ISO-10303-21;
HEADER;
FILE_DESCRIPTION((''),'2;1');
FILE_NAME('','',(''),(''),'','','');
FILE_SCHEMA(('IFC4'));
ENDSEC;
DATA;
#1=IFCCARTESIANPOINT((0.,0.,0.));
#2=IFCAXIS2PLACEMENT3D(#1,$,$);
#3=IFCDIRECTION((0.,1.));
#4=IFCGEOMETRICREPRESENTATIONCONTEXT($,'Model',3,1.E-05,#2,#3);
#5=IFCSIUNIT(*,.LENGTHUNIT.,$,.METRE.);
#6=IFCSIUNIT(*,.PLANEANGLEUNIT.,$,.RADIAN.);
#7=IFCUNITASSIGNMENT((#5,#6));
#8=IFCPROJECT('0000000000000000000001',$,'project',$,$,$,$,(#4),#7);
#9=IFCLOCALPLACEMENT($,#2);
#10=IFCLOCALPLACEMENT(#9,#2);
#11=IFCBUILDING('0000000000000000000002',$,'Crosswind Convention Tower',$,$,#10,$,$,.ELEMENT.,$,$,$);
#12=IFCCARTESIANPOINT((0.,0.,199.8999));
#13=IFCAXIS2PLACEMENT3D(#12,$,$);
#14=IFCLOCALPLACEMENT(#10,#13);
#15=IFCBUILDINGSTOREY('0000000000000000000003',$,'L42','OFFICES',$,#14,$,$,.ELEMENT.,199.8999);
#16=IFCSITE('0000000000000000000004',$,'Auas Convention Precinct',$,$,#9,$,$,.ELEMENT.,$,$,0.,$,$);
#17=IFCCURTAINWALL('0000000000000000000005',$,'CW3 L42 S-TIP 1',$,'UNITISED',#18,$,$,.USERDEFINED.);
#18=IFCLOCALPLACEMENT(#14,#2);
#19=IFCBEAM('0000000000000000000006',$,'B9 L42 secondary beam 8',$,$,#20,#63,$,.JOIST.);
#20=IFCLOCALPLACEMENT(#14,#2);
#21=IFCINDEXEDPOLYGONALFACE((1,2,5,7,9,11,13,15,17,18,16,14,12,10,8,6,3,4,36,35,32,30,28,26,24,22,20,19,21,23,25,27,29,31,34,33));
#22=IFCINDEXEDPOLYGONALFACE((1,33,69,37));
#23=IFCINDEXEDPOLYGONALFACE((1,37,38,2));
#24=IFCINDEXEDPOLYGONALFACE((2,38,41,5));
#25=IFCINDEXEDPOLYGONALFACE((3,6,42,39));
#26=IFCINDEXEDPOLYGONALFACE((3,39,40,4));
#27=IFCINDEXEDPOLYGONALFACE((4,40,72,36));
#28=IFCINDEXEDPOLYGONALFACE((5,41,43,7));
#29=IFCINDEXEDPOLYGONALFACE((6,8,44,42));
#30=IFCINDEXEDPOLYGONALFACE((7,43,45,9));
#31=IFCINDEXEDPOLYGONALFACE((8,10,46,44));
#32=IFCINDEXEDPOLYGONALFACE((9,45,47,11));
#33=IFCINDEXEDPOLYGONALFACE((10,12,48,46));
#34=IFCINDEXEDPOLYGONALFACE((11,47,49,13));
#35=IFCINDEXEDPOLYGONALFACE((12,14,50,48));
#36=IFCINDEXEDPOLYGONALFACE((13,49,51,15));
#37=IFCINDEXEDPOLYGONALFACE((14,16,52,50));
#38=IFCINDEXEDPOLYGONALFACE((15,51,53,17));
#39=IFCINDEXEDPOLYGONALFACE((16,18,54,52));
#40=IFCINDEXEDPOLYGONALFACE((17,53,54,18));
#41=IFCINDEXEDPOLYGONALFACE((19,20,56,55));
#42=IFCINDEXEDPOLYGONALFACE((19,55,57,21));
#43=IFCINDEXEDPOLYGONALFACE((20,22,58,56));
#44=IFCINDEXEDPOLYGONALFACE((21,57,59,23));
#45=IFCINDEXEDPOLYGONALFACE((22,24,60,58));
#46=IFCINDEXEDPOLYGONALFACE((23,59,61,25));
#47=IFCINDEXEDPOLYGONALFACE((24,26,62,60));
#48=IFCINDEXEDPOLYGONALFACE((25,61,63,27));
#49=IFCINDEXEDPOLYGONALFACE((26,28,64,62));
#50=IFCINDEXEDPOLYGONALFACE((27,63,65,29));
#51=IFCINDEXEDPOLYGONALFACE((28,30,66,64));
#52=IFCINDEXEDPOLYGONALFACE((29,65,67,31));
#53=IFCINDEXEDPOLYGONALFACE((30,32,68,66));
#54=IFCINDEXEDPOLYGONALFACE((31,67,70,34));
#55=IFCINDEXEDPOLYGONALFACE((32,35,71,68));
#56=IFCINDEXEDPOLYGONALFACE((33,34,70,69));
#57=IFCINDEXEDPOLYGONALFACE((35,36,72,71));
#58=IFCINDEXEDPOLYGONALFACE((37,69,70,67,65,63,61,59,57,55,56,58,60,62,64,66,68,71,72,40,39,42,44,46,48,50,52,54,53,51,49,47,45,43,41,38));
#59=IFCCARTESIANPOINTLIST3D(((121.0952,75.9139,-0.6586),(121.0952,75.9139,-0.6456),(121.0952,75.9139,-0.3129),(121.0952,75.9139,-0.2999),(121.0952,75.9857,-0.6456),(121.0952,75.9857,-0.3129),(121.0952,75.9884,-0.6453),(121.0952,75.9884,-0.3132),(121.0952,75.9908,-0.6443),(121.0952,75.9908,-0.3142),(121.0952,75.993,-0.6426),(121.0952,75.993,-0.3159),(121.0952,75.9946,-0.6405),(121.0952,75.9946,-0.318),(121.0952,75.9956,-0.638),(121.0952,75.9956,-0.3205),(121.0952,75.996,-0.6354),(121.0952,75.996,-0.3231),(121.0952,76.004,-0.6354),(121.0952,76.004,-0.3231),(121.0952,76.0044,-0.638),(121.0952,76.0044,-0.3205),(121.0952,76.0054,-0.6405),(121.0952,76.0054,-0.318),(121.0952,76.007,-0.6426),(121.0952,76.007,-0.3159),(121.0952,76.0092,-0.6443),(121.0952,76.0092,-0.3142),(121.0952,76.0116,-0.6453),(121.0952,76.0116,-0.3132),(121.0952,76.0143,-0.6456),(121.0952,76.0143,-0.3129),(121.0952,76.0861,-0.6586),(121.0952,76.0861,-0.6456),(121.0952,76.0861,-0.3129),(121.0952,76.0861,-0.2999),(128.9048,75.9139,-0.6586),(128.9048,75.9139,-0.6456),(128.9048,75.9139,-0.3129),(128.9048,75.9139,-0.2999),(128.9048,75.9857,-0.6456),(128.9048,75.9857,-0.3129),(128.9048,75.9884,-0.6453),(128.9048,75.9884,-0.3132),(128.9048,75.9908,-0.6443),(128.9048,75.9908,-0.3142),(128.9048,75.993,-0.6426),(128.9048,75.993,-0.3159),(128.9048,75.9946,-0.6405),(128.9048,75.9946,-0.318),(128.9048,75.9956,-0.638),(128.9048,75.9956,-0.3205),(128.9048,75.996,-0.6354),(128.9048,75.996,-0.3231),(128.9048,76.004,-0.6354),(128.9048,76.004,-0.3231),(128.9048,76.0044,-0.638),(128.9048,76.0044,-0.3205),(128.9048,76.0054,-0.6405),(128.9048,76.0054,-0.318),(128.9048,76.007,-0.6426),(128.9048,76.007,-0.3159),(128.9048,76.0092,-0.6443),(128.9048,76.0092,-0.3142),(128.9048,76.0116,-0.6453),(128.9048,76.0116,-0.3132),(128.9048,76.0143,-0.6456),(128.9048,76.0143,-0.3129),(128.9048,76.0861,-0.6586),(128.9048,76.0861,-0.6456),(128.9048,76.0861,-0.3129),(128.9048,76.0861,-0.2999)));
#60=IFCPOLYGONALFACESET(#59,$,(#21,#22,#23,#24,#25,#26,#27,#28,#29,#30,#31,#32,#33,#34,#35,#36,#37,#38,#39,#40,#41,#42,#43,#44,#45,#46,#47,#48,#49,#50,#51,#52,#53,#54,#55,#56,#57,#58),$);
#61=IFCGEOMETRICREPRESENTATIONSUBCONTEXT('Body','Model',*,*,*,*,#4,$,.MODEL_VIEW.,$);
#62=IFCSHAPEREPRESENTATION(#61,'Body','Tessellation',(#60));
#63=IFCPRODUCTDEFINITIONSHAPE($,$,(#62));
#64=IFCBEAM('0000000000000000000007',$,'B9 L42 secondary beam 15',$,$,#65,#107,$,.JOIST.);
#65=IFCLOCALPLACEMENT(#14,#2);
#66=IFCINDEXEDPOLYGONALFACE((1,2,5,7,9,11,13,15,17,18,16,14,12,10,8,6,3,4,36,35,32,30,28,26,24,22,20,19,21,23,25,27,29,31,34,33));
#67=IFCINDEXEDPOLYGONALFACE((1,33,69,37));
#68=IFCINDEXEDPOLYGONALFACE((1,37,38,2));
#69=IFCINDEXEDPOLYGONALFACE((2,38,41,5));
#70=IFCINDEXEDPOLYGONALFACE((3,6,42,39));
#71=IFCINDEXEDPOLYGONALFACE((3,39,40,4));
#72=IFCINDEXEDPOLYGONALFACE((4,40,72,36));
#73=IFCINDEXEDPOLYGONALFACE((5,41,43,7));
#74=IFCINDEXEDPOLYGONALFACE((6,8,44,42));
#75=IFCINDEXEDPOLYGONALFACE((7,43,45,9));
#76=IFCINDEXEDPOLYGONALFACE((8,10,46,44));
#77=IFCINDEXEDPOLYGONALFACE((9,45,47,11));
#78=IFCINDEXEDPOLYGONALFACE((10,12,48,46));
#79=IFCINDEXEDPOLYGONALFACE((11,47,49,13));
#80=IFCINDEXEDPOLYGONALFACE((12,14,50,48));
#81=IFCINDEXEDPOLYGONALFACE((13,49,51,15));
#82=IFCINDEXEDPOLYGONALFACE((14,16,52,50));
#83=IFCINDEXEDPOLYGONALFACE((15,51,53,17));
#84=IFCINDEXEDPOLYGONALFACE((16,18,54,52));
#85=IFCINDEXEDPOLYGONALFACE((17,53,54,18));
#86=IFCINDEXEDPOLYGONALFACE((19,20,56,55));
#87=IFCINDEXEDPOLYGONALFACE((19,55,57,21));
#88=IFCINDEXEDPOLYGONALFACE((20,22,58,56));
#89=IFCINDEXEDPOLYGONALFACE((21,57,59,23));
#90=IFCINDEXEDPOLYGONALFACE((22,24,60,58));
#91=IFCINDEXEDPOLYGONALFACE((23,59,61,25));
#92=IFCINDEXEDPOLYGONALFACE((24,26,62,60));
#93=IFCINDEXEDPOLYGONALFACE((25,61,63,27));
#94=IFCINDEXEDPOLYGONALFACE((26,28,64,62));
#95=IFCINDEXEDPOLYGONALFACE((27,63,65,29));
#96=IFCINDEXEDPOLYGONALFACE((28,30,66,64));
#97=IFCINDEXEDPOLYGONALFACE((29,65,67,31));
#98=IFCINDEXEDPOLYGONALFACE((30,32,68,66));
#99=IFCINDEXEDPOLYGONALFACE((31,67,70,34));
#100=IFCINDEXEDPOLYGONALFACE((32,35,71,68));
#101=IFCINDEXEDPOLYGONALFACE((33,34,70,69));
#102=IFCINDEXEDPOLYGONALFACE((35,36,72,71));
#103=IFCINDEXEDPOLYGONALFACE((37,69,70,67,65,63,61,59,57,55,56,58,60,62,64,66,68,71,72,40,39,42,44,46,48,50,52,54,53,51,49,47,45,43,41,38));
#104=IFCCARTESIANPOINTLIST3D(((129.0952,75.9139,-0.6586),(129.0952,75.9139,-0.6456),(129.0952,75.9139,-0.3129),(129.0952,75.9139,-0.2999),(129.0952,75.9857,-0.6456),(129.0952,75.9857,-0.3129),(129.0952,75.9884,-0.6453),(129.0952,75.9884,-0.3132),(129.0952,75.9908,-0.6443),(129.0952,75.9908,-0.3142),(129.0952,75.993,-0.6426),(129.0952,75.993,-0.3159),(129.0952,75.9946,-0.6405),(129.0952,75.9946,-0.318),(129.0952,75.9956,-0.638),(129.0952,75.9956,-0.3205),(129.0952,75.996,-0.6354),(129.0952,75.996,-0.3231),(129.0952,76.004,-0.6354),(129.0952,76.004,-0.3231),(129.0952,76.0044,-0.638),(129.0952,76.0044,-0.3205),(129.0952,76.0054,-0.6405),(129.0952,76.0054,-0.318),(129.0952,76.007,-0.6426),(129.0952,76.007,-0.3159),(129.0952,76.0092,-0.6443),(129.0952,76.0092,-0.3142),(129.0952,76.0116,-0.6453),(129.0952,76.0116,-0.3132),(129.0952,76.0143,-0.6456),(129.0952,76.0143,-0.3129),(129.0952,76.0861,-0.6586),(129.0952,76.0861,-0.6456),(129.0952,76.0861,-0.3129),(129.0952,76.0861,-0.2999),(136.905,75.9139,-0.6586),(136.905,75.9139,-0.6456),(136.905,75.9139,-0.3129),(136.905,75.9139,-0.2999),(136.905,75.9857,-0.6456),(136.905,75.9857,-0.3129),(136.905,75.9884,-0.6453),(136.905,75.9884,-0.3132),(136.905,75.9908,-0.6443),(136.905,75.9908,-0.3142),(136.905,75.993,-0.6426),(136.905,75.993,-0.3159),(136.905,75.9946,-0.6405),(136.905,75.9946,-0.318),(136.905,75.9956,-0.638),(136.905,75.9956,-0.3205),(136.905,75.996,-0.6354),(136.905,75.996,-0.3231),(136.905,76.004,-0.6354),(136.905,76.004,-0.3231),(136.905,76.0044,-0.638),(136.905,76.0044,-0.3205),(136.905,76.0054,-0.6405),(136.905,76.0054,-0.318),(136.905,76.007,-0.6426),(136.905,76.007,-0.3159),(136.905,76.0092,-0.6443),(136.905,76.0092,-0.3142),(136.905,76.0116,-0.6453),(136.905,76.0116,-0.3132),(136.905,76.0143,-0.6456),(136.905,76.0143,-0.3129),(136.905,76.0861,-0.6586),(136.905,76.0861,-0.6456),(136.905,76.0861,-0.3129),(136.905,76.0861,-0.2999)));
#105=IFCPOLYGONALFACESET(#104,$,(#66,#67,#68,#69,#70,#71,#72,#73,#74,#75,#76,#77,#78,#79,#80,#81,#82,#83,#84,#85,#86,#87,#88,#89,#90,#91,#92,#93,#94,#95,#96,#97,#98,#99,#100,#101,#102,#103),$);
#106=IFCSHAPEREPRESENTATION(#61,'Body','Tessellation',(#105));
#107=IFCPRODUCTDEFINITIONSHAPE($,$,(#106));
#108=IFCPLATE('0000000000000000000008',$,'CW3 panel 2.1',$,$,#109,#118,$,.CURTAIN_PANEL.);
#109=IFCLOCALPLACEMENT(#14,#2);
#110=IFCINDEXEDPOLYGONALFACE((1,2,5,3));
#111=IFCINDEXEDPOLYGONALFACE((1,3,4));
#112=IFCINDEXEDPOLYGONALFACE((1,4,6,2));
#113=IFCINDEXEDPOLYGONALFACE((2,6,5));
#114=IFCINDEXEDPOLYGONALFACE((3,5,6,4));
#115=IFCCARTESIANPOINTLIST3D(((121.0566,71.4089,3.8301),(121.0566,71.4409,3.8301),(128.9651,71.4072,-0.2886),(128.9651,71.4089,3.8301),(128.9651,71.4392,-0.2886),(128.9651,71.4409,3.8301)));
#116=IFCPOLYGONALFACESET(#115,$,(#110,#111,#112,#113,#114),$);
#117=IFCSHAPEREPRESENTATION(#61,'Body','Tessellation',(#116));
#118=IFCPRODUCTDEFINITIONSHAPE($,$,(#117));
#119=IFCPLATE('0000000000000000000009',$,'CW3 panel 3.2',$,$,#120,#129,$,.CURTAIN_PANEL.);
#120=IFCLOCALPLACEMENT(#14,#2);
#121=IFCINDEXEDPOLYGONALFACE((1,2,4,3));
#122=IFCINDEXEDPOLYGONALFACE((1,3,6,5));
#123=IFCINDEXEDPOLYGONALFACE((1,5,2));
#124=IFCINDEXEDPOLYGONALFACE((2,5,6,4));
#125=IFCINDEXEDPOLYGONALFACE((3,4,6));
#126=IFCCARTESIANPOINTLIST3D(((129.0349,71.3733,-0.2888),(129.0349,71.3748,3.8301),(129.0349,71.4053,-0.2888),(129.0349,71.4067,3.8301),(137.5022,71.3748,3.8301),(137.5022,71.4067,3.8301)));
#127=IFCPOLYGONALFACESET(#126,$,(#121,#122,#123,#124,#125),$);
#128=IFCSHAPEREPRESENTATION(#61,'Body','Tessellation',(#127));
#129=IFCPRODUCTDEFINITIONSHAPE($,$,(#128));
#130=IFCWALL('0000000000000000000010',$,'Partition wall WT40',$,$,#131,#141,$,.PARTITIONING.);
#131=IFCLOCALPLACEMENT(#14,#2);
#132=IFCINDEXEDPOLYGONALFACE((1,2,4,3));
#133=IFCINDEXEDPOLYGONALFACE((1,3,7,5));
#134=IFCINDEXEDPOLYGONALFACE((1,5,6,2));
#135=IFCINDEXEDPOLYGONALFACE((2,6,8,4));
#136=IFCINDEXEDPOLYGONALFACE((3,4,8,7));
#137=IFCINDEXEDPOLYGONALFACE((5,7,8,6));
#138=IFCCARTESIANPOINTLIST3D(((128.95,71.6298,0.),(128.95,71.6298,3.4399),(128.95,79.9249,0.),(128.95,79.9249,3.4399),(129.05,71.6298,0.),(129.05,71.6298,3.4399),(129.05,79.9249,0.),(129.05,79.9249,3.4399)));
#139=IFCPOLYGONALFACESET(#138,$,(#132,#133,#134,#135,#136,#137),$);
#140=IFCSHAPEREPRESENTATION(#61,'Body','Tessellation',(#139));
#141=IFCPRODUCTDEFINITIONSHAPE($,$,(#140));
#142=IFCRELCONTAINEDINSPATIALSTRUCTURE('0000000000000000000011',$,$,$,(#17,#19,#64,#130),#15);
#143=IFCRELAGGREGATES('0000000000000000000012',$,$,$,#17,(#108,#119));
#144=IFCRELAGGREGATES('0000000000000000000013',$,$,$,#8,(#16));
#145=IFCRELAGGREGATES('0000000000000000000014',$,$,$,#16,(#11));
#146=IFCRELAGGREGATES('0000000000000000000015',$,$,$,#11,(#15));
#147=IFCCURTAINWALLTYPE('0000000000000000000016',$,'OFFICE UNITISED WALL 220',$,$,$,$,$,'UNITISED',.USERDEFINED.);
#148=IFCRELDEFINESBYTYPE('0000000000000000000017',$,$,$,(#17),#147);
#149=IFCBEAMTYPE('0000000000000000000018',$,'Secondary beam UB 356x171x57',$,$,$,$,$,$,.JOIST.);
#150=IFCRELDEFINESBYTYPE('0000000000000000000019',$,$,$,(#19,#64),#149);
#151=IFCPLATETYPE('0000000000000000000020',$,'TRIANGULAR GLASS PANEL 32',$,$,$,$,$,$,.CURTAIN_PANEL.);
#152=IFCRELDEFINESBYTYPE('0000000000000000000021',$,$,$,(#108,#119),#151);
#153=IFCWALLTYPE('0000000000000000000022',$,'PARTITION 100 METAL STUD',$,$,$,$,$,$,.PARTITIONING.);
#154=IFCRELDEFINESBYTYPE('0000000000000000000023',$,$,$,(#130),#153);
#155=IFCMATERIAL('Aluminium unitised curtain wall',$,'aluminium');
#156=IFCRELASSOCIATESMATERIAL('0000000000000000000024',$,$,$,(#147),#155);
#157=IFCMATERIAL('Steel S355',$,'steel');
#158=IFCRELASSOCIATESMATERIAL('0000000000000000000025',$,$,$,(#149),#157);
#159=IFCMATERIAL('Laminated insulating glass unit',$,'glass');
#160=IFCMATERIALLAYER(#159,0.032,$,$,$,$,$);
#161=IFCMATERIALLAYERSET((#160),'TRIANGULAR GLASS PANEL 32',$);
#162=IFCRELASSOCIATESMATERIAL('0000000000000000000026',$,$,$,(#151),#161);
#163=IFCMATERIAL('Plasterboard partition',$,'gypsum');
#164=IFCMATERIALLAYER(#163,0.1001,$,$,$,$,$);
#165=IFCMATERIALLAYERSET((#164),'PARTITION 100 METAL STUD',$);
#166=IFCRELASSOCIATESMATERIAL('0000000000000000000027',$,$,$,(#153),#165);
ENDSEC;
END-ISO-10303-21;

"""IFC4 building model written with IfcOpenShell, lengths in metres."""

from ifc_helpers import new_model, si_unit, direction, frame, frame_2d, origin, origin_2d, place, context, subcontext, project, spatial, polyline, rectangle, i_section, outline, extrude, material, layer, layer_set, material_profile, profile_set, type_object, element, aggregate, save


model = new_model("IFC4")

# Units and contexts
model_context = context("Model", 3, precision=1e-05, world=origin(), true_north=direction((0.0, 1.0)))
body_context = subcontext(model_context, "Body", "Model", "MODEL_VIEW")
ifc_project = project(units=[si_unit("LENGTHUNIT", "METRE"), si_unit("PLANEANGLEUNIT", "RADIAN")], contexts=[model_context])

# Site, building, storey
site_placement = place(None, origin())
site = spatial("IfcSite", under=ifc_project, at=site_placement, Name="Auas Convention Precinct", CompositionType="ELEMENT", RefElevation=0.0)
building_placement = place(site_placement, origin())
building = spatial("IfcBuilding", under=site, at=building_placement, Name="Crosswind Convention Tower", CompositionType="ELEMENT")
storey_placement = place(building_placement, frame((0.0, 0.0, 199.8999)))
storey = spatial("IfcBuildingStorey", under=building, at=storey_placement, Name="L42", Description="OFFICES", CompositionType="ELEMENT", Elevation=199.8999)

# Shared definitions
ifc_material_1 = material(Name="Steel S355", Category="steel")

# Curtain wall
ifc_material_2 = material(Name="Aluminium unitised curtain wall", Category="aluminium")
curtain_wall_type = type_object("IfcCurtainWallType", Name="OFFICE UNITISED WALL 220", ElementType="UNITISED", PredefinedType="USERDEFINED", material=ifc_material_2)
curtain_wall_placement = place(storey_placement, origin())
curtain_wall = element("IfcCurtainWall", 1, at=curtain_wall_placement, inside=storey, type_object=curtain_wall_type, Name="CW3 L42 S-TIP 1", ObjectType="UNITISED", PredefinedType="USERDEFINED")

# Beams
ifc_material_profile_1 = material_profile(ifc_material_1, i_section(OverallWidth=0.1721, OverallDepth=0.3586, WebThickness=0.0081, FlangeThickness=0.0129, FilletRadius=0.0103, at=origin_2d()), Name="UB 356x171x57")
ifc_profile_set_1 = profile_set([ifc_material_profile_1], Name="Steel S355")
beam_type_1 = type_object("IfcBeamType", Name="Secondary beam UB 356x171x57", PredefinedType="JOIST", material=ifc_profile_set_1)
beam_1_placement = place(storey_placement, frame((121.0952, 76.0, -0.4792), z_axis=(1.0, 0.0, 0.0), x_axis=(0.0, 1.0, 0.0)))
element("IfcBeam", 2, at=beam_1_placement, inside=storey, type_object=beam_type_1, Name="B9 L42 secondary beam 8", PredefinedType="JOIST", context=body_context, shape_type="SweptSolid", body=[
    extrude(i_section(OverallWidth=0.1721, OverallDepth=0.3586, WebThickness=0.0081, FlangeThickness=0.0129, FilletRadius=0.0103, at=origin_2d()), origin(), (0.0, 0.0, 1.0), 7.8096),
])
beam_2_placement = place(storey_placement, frame((129.0952, 76.0, -0.4792), z_axis=(1.0, 0.0, 0.0), x_axis=(0.0, 1.0, 0.0)))
element("IfcBeam", 3, at=beam_2_placement, inside=storey, type_object=beam_type_1, Name="B9 L42 secondary beam 15", PredefinedType="JOIST", context=body_context, shape_type="SweptSolid", body=[
    extrude(i_section(OverallWidth=0.1721, OverallDepth=0.3586, WebThickness=0.0081, FlangeThickness=0.0129, FilletRadius=0.0103, at=origin_2d()), origin(), (0.0, 0.0, 1.0), 7.8098),
])

# Plates
ifc_material_3 = material(Name="Laminated insulating glass unit", Category="glass")
ifc_layer_1 = layer(ifc_material_3, 0.032)
ifc_layer_set_1 = layer_set([ifc_layer_1], Name="TRIANGULAR GLASS PANEL 32")
plate_type = type_object("IfcPlateType", Name="TRIANGULAR GLASS PANEL 32", PredefinedType="CURTAIN_PANEL", material=ifc_layer_set_1)
plate_1_placement = place(storey_placement, frame((128.9651, 71.4089, 3.8301), z_axis=(0.0, -1.0, 0.000415), x_axis=(-1.0, 0.0, 0.0)))
plate_1 = element("IfcPlate", 4, at=plate_1_placement, type_object=plate_type, Name="CW3 panel 2.1", PredefinedType="CURTAIN_PANEL", context=body_context, shape_type="SweptSolid", body=[
    extrude(outline(polyline([(0.0, 0.0), (7.9084, 0.0), (0.0, 4.1187), (0.0, 0.0)])), origin(), (0.0, 0.0, -1.0), 0.032),
])
plate_2_placement = place(storey_placement, frame((129.0349, 71.3748, 3.8301), z_axis=(0.0, -1.0, 0.000356), x_axis=(0.0, -0.000356, -1.0)))
plate_2 = element("IfcPlate", 5, at=plate_2_placement, type_object=plate_type, Name="CW3 panel 3.2", PredefinedType="CURTAIN_PANEL", context=body_context, shape_type="SweptSolid", body=[
    extrude(outline(polyline([(0.0, 0.0), (4.1189, 0.0), (0.0, 8.4673), (0.0, 0.0)])), origin(), (0.0, 0.0, -1.0), 0.032),
])
aggregate(curtain_wall, [plate_1, plate_2])

# Wall
ifc_material_4 = material(Name="Plasterboard partition", Category="gypsum")
ifc_layer_2 = layer(ifc_material_4, 0.1001)
ifc_layer_set_2 = layer_set([ifc_layer_2], Name="PARTITION 100 METAL STUD")
wall_type_1 = type_object("IfcWallType", Name="PARTITION 100 METAL STUD", PredefinedType="PARTITIONING", material=ifc_layer_set_2)
wall_1_placement = place(storey_placement, frame((129.0, 71.6299, 0.0), z_axis=(0.0, 0.0, 1.0), x_axis=(0.0, 1.0, 0.0)))
element("IfcWall", 6, at=wall_1_placement, inside=storey, type_object=wall_type_1, Name="Partition wall WT40", PredefinedType="PARTITIONING", context=body_context, shape_type="SweptSolid", body=[
    extrude(rectangle(XDim=8.2952, YDim=0.1001, at=frame_2d((4.1475, 0.0))), origin(), (0.0, 0.0, 1.0), 3.4399),
])

save(model, "model.ifc")
